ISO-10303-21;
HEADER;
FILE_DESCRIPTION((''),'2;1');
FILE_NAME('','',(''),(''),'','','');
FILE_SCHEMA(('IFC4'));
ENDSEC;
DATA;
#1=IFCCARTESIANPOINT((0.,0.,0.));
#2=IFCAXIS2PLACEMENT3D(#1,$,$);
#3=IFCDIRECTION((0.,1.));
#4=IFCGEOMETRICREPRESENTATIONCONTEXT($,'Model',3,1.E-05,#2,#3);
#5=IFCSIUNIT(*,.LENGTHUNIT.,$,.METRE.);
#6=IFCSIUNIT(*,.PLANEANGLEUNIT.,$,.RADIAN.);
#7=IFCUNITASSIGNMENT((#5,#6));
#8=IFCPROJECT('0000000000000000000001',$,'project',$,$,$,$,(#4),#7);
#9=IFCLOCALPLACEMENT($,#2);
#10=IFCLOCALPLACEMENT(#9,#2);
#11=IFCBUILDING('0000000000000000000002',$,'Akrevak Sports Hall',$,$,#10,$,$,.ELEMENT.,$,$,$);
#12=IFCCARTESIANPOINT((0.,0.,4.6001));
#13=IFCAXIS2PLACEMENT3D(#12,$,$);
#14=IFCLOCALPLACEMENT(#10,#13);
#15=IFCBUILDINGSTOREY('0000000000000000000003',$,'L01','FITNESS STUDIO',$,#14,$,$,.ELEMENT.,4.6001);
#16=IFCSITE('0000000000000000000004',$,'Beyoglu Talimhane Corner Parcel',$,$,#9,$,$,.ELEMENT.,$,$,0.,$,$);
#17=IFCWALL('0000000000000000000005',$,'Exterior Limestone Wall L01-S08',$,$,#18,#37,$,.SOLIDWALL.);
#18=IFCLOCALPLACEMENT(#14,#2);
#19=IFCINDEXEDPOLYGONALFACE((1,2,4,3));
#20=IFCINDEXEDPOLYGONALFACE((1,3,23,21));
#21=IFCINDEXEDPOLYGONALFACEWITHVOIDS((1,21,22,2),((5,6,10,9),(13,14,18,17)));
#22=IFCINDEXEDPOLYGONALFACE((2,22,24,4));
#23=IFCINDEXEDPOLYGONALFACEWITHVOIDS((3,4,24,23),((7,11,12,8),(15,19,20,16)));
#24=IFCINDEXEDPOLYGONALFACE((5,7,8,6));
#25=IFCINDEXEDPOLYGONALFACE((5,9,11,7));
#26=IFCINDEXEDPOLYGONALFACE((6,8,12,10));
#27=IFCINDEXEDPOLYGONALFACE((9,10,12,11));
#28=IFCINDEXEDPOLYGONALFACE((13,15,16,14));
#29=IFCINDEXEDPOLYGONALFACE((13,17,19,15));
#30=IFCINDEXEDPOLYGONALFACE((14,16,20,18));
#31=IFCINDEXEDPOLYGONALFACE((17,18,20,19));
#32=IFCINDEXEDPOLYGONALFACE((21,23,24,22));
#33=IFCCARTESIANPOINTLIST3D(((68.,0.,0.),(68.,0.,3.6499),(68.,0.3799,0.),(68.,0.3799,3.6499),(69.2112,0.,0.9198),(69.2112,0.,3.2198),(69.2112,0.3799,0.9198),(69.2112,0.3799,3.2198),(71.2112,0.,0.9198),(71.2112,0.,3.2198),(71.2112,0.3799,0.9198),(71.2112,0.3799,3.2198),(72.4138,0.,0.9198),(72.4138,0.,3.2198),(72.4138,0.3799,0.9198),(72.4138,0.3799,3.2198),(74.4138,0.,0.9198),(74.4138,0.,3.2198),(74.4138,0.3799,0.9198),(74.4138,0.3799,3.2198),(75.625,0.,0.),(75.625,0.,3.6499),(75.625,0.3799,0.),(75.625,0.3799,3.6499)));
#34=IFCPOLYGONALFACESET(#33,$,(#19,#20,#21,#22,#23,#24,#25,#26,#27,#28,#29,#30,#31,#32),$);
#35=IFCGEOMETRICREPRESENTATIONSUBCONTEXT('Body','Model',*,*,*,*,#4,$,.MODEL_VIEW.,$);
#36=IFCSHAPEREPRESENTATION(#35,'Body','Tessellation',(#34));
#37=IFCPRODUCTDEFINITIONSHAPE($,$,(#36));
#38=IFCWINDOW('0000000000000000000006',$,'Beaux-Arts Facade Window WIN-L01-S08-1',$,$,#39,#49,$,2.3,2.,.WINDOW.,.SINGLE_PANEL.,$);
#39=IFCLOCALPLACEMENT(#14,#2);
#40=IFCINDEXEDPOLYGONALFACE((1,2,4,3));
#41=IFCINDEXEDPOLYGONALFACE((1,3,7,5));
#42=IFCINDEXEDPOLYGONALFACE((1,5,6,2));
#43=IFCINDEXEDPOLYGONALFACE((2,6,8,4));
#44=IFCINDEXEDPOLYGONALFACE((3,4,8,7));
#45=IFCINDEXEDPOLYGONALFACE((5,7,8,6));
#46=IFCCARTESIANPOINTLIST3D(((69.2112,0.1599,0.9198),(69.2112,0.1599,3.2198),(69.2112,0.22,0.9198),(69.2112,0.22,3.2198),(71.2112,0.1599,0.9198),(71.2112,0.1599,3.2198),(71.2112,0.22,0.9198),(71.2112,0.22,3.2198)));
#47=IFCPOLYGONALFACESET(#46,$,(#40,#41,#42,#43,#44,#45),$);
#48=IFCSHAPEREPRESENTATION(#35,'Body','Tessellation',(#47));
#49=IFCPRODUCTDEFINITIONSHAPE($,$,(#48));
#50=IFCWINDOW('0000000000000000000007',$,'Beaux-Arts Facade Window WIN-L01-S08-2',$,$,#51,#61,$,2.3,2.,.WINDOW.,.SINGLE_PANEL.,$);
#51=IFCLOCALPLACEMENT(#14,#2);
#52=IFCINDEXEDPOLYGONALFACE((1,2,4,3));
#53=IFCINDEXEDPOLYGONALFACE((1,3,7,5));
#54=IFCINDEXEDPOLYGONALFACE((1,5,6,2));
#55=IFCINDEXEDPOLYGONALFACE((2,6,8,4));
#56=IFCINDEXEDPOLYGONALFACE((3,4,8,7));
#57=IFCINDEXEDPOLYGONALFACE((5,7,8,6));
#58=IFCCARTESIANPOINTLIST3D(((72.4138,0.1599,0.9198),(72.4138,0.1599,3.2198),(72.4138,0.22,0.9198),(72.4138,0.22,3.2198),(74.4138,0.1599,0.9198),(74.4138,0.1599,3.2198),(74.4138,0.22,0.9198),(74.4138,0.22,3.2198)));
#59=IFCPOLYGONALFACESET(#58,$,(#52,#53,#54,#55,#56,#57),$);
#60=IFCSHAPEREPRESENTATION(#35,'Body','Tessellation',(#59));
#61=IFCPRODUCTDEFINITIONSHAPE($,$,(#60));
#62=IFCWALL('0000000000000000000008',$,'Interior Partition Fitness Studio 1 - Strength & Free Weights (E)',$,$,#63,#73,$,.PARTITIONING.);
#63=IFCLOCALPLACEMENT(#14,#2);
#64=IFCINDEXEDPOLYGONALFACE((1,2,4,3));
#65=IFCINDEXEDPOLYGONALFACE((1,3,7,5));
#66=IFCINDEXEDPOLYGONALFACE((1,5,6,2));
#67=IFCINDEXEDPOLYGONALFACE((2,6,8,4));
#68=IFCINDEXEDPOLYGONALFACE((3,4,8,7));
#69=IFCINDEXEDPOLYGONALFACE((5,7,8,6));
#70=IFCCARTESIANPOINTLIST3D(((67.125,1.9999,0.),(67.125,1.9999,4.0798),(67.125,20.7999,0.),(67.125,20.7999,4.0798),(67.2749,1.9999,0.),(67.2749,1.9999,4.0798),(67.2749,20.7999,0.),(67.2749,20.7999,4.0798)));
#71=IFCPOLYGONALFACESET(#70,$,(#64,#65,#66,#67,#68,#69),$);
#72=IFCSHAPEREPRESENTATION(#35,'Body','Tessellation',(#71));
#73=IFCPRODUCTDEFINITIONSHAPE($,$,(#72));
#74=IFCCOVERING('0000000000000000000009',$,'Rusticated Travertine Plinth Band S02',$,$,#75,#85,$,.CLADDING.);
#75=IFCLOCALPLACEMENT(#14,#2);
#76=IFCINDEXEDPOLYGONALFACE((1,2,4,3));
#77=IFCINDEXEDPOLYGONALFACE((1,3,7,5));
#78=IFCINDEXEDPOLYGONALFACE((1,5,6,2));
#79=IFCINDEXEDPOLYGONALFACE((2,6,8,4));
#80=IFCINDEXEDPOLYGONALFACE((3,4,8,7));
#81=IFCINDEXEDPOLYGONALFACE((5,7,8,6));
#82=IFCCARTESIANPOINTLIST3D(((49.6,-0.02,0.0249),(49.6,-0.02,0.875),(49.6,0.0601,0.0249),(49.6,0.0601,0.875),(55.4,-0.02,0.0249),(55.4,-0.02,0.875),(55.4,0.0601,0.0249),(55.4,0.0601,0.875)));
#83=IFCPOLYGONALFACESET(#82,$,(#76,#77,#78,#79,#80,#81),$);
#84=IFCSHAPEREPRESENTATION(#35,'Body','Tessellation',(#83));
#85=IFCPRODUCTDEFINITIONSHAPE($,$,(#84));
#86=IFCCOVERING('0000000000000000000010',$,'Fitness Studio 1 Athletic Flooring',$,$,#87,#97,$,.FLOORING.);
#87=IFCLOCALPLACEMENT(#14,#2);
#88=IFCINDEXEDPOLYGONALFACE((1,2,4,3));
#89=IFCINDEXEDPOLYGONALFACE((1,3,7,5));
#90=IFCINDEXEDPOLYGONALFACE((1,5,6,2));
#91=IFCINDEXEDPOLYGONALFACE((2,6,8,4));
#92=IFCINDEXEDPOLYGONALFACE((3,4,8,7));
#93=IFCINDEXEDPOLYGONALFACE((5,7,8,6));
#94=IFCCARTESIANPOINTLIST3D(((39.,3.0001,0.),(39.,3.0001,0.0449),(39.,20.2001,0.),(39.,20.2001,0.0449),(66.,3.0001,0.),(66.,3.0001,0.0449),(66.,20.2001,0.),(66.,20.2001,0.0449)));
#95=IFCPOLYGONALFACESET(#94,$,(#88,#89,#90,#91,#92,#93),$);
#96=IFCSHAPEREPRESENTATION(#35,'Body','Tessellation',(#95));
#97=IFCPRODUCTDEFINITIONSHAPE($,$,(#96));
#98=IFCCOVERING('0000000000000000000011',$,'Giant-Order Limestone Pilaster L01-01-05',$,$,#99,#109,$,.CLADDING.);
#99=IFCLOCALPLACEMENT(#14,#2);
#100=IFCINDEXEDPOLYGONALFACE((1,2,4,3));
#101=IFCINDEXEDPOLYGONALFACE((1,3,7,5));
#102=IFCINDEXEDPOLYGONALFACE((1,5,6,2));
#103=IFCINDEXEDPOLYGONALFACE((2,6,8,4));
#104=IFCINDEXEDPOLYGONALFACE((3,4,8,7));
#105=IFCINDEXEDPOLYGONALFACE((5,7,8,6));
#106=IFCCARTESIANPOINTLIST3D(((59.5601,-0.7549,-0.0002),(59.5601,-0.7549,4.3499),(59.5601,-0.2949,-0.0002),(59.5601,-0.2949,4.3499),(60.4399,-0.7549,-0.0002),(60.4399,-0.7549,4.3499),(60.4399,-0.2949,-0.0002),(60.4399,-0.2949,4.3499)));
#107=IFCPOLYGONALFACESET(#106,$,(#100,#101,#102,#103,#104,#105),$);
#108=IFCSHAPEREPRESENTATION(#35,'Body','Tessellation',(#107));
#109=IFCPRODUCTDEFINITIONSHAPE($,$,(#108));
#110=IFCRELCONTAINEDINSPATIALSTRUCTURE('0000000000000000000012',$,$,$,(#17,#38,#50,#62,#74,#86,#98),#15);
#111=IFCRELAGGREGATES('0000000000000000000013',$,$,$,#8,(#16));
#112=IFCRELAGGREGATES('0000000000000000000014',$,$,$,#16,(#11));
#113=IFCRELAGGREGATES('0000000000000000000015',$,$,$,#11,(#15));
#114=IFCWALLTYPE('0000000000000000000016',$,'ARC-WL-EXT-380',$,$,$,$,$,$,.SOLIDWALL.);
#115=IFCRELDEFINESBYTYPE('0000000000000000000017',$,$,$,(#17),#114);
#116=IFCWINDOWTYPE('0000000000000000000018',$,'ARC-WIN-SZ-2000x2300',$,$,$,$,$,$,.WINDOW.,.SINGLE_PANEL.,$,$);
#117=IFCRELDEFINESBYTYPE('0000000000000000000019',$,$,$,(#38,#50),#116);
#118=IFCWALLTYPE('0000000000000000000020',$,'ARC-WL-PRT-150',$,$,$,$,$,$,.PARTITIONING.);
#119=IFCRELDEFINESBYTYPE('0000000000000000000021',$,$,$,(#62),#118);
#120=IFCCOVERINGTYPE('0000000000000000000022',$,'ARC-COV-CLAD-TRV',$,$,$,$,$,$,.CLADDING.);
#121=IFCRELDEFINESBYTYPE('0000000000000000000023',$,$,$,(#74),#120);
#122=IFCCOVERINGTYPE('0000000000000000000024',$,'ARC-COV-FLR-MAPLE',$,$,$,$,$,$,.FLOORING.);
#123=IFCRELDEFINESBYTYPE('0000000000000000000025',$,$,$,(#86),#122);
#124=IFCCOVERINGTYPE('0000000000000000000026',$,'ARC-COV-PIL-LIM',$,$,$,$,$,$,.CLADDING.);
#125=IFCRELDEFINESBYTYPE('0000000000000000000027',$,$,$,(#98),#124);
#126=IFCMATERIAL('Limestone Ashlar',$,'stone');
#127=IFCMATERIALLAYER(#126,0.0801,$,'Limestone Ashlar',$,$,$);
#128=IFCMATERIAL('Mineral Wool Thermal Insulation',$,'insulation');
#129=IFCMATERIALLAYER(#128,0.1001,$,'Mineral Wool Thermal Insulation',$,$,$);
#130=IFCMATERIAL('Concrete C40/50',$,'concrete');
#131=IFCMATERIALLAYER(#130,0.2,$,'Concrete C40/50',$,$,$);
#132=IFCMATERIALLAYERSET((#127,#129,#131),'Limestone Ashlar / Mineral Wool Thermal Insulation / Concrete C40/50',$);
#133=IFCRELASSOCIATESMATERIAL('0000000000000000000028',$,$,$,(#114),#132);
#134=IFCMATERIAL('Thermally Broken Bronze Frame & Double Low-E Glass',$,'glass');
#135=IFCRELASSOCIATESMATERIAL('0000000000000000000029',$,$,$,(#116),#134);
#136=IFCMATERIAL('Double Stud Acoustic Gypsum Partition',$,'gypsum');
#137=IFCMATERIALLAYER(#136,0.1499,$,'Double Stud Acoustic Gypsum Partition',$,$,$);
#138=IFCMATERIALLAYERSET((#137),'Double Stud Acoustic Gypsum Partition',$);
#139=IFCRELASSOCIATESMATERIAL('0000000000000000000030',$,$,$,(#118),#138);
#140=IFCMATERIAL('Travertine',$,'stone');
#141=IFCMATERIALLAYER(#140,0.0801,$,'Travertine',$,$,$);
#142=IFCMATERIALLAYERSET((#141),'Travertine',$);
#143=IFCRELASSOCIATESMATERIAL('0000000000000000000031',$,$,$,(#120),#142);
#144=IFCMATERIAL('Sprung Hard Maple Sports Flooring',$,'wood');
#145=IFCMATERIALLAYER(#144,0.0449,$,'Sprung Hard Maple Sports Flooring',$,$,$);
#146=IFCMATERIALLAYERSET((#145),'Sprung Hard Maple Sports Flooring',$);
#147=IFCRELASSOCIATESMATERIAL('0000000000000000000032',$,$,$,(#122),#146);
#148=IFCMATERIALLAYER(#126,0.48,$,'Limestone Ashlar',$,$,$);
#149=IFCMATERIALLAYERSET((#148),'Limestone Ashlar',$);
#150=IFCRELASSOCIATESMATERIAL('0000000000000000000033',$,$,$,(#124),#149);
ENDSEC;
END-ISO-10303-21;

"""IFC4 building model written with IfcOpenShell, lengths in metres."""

from ifc_helpers import new_model, si_unit, direction, frame, frame_2d, origin, origin_2d, place, context, subcontext, project, spatial, rectangle, extrude, material, layer, layer_set, type_object, element, fill, save


model = new_model("IFC4")

# Units and contexts
model_context = context("Model", 3, precision=1e-05, world=origin(), true_north=direction((0.0, 1.0)))
body_context = subcontext(model_context, "Body", "Model", "MODEL_VIEW")
ifc_project = project(units=[si_unit("LENGTHUNIT", "METRE"), si_unit("PLANEANGLEUNIT", "RADIAN")], contexts=[model_context])

# Site, building, storey
site_placement = place(None, origin())
site = spatial("IfcSite", under=ifc_project, at=site_placement, Name="Beyoglu Talimhane Corner Parcel", CompositionType="ELEMENT", RefElevation=0.0)
building_placement = place(site_placement, origin())
building = spatial("IfcBuilding", under=site, at=building_placement, Name="Akrevak Sports Hall", CompositionType="ELEMENT")
storey_placement = place(building_placement, frame((0.0, 0.0, 4.6001)))
storey = spatial("IfcBuildingStorey", under=building, at=storey_placement, Name="L01", Description="FITNESS STUDIO", CompositionType="ELEMENT", Elevation=4.6001)

# Shared definitions
ifc_material_1 = material(Name="Concrete C40/50", Category="concrete")

# Wall, openings, windows
ifc_material_2 = material(Name="Limestone Ashlar", Category="stone")
ifc_layer_1 = layer(ifc_material_2, 0.0801, Name="Limestone Ashlar")
ifc_material_3 = material(Name="Mineral Wool Thermal Insulation", Category="insulation")
ifc_layer_2 = layer(ifc_material_3, 0.1001, Name="Mineral Wool Thermal Insulation")
ifc_layer_3 = layer(ifc_material_1, 0.2, Name="Concrete C40/50")
ifc_layer_set_1 = layer_set([ifc_layer_1, ifc_layer_2, ifc_layer_3], Name="Limestone Ashlar / Mineral Wool Thermal Insulation / Concrete C40/50")
wall_type_1 = type_object("IfcWallType", Name="ARC-WL-EXT-380", PredefinedType="SOLIDWALL", material=ifc_layer_set_1)
ifc_material_4 = material(Name="Thermally Broken Bronze Frame & Double Low-E Glass", Category="glass")
window_type_1 = type_object("IfcWindowType", Name="ARC-WIN-SZ-2000x2300", PartitioningType="SINGLE_PANEL", PredefinedType="WINDOW", material=ifc_material_4)
wall_1_placement = place(storey_placement, frame((68.0, 0.1899, 0.0), z_axis=(0.0, 0.0, 1.0), x_axis=(1.0, 0.0, 0.0)))
wall_1 = element("IfcWall", 1, at=wall_1_placement, inside=storey, type_object=wall_type_1, Name="Exterior Limestone Wall L01-S08", PredefinedType="SOLIDWALL", context=body_context, shape_type="SweptSolid", body=[
    extrude(rectangle(XDim=7.625, YDim=0.3799, at=frame_2d((3.8125, 0.0))), origin(), (0.0, 0.0, 1.0), 3.6499),
])
opening_1_placement = place(wall_1_placement, frame((1.2112, 0.0, 0.9199)))
opening_1 = element("IfcOpeningElement", 2, at=opening_1_placement, cuts=wall_1, PredefinedType="OPENING", context=body_context, shape_type="SweptSolid", body=[
    extrude(rectangle(XDim=2.0, YDim=2.3, at=frame_2d((1.0, 1.1499))), frame((0.0, 0.2019, 0.0), z_axis=(0.0, -1.0, 0.0), x_axis=(1.0, 0.0, 0.0)), (0.0, 0.0, 1.0), 0.4038),
])
opening_2_placement = place(wall_1_placement, frame((4.4138, 0.0, 0.9199)))
opening_2 = element("IfcOpeningElement", 3, at=opening_2_placement, cuts=wall_1, PredefinedType="OPENING", context=body_context, shape_type="SweptSolid", body=[
    extrude(rectangle(XDim=2.0, YDim=2.3, at=frame_2d((1.0, 1.1499))), frame((0.0, 0.2019, 0.0), z_axis=(0.0, -1.0, 0.0), x_axis=(1.0, 0.0, 0.0)), (0.0, 0.0, 1.0), 0.4038),
])
window_1_placement = place(opening_1_placement, origin())
window_1 = element("IfcWindow", 4, at=window_1_placement, inside=storey, type_object=window_type_1, Name="Beaux-Arts Facade Window WIN-L01-S08-1", OverallHeight=2.3, OverallWidth=2.0, PartitioningType="SINGLE_PANEL", PredefinedType="WINDOW", context=body_context, shape_type="SweptSolid", body=[
    extrude(rectangle(XDim=2.0, YDim=2.3, at=frame_2d((1.0, 1.1499))), frame((0.0, 0.03, 0.0), z_axis=(0.0, -1.0, 0.0), x_axis=(1.0, 0.0, 0.0)), (0.0, 0.0, 1.0), 0.0601),
])
fill(opening_1, window_1)
window_2_placement = place(opening_2_placement, origin())
window_2 = element("IfcWindow", 5, at=window_2_placement, inside=storey, type_object=window_type_1, Name="Beaux-Arts Facade Window WIN-L01-S08-2", OverallHeight=2.3, OverallWidth=2.0, PartitioningType="SINGLE_PANEL", PredefinedType="WINDOW", context=body_context, shape_type="SweptSolid", body=[
    extrude(rectangle(XDim=2.0, YDim=2.3, at=frame_2d((1.0, 1.1499))), frame((0.0, 0.03, 0.0), z_axis=(0.0, -1.0, 0.0), x_axis=(1.0, 0.0, 0.0)), (0.0, 0.0, 1.0), 0.0601),
])
fill(opening_2, window_2)

# Wall
ifc_material_5 = material(Name="Double Stud Acoustic Gypsum Partition", Category="gypsum")
ifc_layer_4 = layer(ifc_material_5, 0.1499, Name="Double Stud Acoustic Gypsum Partition")
ifc_layer_set_2 = layer_set([ifc_layer_4], Name="Double Stud Acoustic Gypsum Partition")
wall_type_2 = type_object("IfcWallType", Name="ARC-WL-PRT-150", PredefinedType="PARTITIONING", material=ifc_layer_set_2)
wall_2_placement = place(storey_placement, frame((67.2, 2.0, 0.0), z_axis=(0.0, 0.0, 1.0), x_axis=(0.0, 1.0, 0.0)))
element("IfcWall", 6, at=wall_2_placement, inside=storey, type_object=wall_type_2, Name="Interior Partition Fitness Studio 1 - Strength & Free Weights (E)", PredefinedType="PARTITIONING", context=body_context, shape_type="SweptSolid", body=[
    extrude(rectangle(XDim=18.8, YDim=0.1499, at=frame_2d((9.3999, 0.0))), origin(), (0.0, 0.0, 1.0), 4.0798),
])

# Coverings
ifc_material_6 = material(Name="Travertine", Category="stone")
ifc_layer_5 = layer(ifc_material_6, 0.0801, Name="Travertine")
ifc_layer_set_3 = layer_set([ifc_layer_5], Name="Travertine")
covering_type_1 = type_object("IfcCoveringType", Name="ARC-COV-CLAD-TRV", PredefinedType="CLADDING", material=ifc_layer_set_3)
covering_1_placement = place(storey_placement, frame((52.5, 0.02, 0.0249), z_axis=(0.0, 0.0, 1.0), x_axis=(1.0, 0.0, 0.0)))
element("IfcCovering", 7, at=covering_1_placement, inside=storey, type_object=covering_type_1, Name="Rusticated Travertine Plinth Band S02", PredefinedType="CLADDING", context=body_context, shape_type="SweptSolid", body=[
    extrude(rectangle(XDim=5.8, YDim=0.0801, at=origin_2d()), origin(), (0.0, 0.0, 1.0), 0.8501),
])
ifc_material_7 = material(Name="Sprung Hard Maple Sports Flooring", Category="wood")
ifc_layer_6 = layer(ifc_material_7, 0.0449, Name="Sprung Hard Maple Sports Flooring")
ifc_layer_set_4 = layer_set([ifc_layer_6], Name="Sprung Hard Maple Sports Flooring")
covering_type_2 = type_object("IfcCoveringType", Name="ARC-COV-FLR-MAPLE", PredefinedType="FLOORING", material=ifc_layer_set_4)
covering_2_placement = place(storey_placement, frame((52.5, 11.6001, 0.0), z_axis=(0.0, 0.0, 1.0), x_axis=(1.0, 0.0, 0.0)))
element("IfcCovering", 8, at=covering_2_placement, inside=storey, type_object=covering_type_2, Name="Fitness Studio 1 Athletic Flooring", PredefinedType="FLOORING", context=body_context, shape_type="SweptSolid", body=[
    extrude(rectangle(XDim=27.0, YDim=17.2, at=origin_2d()), origin(), (0.0, 0.0, 1.0), 0.0449),
])
ifc_layer_7 = layer(ifc_material_2, 0.48, Name="Limestone Ashlar")
ifc_layer_set_5 = layer_set([ifc_layer_7], Name="Limestone Ashlar")
covering_type_3 = type_object("IfcCoveringType", Name="ARC-COV-PIL-LIM", PredefinedType="CLADDING", material=ifc_layer_set_5)
covering_3_placement = place(storey_placement, frame((60.0, -0.5249, -0.0002), z_axis=(0.0, 0.0, 1.0), x_axis=(1.0, 0.0, 0.0)))
element("IfcCovering", 9, at=covering_3_placement, inside=storey, type_object=covering_type_3, Name="Giant-Order Limestone Pilaster L01-01-05", PredefinedType="CLADDING", context=body_context, shape_type="SweptSolid", body=[
    extrude(rectangle(XDim=0.8799, YDim=0.46, at=origin_2d()), origin(), (0.0, 0.0, 1.0), 4.3501),
])

save(model, "model.ifc")
